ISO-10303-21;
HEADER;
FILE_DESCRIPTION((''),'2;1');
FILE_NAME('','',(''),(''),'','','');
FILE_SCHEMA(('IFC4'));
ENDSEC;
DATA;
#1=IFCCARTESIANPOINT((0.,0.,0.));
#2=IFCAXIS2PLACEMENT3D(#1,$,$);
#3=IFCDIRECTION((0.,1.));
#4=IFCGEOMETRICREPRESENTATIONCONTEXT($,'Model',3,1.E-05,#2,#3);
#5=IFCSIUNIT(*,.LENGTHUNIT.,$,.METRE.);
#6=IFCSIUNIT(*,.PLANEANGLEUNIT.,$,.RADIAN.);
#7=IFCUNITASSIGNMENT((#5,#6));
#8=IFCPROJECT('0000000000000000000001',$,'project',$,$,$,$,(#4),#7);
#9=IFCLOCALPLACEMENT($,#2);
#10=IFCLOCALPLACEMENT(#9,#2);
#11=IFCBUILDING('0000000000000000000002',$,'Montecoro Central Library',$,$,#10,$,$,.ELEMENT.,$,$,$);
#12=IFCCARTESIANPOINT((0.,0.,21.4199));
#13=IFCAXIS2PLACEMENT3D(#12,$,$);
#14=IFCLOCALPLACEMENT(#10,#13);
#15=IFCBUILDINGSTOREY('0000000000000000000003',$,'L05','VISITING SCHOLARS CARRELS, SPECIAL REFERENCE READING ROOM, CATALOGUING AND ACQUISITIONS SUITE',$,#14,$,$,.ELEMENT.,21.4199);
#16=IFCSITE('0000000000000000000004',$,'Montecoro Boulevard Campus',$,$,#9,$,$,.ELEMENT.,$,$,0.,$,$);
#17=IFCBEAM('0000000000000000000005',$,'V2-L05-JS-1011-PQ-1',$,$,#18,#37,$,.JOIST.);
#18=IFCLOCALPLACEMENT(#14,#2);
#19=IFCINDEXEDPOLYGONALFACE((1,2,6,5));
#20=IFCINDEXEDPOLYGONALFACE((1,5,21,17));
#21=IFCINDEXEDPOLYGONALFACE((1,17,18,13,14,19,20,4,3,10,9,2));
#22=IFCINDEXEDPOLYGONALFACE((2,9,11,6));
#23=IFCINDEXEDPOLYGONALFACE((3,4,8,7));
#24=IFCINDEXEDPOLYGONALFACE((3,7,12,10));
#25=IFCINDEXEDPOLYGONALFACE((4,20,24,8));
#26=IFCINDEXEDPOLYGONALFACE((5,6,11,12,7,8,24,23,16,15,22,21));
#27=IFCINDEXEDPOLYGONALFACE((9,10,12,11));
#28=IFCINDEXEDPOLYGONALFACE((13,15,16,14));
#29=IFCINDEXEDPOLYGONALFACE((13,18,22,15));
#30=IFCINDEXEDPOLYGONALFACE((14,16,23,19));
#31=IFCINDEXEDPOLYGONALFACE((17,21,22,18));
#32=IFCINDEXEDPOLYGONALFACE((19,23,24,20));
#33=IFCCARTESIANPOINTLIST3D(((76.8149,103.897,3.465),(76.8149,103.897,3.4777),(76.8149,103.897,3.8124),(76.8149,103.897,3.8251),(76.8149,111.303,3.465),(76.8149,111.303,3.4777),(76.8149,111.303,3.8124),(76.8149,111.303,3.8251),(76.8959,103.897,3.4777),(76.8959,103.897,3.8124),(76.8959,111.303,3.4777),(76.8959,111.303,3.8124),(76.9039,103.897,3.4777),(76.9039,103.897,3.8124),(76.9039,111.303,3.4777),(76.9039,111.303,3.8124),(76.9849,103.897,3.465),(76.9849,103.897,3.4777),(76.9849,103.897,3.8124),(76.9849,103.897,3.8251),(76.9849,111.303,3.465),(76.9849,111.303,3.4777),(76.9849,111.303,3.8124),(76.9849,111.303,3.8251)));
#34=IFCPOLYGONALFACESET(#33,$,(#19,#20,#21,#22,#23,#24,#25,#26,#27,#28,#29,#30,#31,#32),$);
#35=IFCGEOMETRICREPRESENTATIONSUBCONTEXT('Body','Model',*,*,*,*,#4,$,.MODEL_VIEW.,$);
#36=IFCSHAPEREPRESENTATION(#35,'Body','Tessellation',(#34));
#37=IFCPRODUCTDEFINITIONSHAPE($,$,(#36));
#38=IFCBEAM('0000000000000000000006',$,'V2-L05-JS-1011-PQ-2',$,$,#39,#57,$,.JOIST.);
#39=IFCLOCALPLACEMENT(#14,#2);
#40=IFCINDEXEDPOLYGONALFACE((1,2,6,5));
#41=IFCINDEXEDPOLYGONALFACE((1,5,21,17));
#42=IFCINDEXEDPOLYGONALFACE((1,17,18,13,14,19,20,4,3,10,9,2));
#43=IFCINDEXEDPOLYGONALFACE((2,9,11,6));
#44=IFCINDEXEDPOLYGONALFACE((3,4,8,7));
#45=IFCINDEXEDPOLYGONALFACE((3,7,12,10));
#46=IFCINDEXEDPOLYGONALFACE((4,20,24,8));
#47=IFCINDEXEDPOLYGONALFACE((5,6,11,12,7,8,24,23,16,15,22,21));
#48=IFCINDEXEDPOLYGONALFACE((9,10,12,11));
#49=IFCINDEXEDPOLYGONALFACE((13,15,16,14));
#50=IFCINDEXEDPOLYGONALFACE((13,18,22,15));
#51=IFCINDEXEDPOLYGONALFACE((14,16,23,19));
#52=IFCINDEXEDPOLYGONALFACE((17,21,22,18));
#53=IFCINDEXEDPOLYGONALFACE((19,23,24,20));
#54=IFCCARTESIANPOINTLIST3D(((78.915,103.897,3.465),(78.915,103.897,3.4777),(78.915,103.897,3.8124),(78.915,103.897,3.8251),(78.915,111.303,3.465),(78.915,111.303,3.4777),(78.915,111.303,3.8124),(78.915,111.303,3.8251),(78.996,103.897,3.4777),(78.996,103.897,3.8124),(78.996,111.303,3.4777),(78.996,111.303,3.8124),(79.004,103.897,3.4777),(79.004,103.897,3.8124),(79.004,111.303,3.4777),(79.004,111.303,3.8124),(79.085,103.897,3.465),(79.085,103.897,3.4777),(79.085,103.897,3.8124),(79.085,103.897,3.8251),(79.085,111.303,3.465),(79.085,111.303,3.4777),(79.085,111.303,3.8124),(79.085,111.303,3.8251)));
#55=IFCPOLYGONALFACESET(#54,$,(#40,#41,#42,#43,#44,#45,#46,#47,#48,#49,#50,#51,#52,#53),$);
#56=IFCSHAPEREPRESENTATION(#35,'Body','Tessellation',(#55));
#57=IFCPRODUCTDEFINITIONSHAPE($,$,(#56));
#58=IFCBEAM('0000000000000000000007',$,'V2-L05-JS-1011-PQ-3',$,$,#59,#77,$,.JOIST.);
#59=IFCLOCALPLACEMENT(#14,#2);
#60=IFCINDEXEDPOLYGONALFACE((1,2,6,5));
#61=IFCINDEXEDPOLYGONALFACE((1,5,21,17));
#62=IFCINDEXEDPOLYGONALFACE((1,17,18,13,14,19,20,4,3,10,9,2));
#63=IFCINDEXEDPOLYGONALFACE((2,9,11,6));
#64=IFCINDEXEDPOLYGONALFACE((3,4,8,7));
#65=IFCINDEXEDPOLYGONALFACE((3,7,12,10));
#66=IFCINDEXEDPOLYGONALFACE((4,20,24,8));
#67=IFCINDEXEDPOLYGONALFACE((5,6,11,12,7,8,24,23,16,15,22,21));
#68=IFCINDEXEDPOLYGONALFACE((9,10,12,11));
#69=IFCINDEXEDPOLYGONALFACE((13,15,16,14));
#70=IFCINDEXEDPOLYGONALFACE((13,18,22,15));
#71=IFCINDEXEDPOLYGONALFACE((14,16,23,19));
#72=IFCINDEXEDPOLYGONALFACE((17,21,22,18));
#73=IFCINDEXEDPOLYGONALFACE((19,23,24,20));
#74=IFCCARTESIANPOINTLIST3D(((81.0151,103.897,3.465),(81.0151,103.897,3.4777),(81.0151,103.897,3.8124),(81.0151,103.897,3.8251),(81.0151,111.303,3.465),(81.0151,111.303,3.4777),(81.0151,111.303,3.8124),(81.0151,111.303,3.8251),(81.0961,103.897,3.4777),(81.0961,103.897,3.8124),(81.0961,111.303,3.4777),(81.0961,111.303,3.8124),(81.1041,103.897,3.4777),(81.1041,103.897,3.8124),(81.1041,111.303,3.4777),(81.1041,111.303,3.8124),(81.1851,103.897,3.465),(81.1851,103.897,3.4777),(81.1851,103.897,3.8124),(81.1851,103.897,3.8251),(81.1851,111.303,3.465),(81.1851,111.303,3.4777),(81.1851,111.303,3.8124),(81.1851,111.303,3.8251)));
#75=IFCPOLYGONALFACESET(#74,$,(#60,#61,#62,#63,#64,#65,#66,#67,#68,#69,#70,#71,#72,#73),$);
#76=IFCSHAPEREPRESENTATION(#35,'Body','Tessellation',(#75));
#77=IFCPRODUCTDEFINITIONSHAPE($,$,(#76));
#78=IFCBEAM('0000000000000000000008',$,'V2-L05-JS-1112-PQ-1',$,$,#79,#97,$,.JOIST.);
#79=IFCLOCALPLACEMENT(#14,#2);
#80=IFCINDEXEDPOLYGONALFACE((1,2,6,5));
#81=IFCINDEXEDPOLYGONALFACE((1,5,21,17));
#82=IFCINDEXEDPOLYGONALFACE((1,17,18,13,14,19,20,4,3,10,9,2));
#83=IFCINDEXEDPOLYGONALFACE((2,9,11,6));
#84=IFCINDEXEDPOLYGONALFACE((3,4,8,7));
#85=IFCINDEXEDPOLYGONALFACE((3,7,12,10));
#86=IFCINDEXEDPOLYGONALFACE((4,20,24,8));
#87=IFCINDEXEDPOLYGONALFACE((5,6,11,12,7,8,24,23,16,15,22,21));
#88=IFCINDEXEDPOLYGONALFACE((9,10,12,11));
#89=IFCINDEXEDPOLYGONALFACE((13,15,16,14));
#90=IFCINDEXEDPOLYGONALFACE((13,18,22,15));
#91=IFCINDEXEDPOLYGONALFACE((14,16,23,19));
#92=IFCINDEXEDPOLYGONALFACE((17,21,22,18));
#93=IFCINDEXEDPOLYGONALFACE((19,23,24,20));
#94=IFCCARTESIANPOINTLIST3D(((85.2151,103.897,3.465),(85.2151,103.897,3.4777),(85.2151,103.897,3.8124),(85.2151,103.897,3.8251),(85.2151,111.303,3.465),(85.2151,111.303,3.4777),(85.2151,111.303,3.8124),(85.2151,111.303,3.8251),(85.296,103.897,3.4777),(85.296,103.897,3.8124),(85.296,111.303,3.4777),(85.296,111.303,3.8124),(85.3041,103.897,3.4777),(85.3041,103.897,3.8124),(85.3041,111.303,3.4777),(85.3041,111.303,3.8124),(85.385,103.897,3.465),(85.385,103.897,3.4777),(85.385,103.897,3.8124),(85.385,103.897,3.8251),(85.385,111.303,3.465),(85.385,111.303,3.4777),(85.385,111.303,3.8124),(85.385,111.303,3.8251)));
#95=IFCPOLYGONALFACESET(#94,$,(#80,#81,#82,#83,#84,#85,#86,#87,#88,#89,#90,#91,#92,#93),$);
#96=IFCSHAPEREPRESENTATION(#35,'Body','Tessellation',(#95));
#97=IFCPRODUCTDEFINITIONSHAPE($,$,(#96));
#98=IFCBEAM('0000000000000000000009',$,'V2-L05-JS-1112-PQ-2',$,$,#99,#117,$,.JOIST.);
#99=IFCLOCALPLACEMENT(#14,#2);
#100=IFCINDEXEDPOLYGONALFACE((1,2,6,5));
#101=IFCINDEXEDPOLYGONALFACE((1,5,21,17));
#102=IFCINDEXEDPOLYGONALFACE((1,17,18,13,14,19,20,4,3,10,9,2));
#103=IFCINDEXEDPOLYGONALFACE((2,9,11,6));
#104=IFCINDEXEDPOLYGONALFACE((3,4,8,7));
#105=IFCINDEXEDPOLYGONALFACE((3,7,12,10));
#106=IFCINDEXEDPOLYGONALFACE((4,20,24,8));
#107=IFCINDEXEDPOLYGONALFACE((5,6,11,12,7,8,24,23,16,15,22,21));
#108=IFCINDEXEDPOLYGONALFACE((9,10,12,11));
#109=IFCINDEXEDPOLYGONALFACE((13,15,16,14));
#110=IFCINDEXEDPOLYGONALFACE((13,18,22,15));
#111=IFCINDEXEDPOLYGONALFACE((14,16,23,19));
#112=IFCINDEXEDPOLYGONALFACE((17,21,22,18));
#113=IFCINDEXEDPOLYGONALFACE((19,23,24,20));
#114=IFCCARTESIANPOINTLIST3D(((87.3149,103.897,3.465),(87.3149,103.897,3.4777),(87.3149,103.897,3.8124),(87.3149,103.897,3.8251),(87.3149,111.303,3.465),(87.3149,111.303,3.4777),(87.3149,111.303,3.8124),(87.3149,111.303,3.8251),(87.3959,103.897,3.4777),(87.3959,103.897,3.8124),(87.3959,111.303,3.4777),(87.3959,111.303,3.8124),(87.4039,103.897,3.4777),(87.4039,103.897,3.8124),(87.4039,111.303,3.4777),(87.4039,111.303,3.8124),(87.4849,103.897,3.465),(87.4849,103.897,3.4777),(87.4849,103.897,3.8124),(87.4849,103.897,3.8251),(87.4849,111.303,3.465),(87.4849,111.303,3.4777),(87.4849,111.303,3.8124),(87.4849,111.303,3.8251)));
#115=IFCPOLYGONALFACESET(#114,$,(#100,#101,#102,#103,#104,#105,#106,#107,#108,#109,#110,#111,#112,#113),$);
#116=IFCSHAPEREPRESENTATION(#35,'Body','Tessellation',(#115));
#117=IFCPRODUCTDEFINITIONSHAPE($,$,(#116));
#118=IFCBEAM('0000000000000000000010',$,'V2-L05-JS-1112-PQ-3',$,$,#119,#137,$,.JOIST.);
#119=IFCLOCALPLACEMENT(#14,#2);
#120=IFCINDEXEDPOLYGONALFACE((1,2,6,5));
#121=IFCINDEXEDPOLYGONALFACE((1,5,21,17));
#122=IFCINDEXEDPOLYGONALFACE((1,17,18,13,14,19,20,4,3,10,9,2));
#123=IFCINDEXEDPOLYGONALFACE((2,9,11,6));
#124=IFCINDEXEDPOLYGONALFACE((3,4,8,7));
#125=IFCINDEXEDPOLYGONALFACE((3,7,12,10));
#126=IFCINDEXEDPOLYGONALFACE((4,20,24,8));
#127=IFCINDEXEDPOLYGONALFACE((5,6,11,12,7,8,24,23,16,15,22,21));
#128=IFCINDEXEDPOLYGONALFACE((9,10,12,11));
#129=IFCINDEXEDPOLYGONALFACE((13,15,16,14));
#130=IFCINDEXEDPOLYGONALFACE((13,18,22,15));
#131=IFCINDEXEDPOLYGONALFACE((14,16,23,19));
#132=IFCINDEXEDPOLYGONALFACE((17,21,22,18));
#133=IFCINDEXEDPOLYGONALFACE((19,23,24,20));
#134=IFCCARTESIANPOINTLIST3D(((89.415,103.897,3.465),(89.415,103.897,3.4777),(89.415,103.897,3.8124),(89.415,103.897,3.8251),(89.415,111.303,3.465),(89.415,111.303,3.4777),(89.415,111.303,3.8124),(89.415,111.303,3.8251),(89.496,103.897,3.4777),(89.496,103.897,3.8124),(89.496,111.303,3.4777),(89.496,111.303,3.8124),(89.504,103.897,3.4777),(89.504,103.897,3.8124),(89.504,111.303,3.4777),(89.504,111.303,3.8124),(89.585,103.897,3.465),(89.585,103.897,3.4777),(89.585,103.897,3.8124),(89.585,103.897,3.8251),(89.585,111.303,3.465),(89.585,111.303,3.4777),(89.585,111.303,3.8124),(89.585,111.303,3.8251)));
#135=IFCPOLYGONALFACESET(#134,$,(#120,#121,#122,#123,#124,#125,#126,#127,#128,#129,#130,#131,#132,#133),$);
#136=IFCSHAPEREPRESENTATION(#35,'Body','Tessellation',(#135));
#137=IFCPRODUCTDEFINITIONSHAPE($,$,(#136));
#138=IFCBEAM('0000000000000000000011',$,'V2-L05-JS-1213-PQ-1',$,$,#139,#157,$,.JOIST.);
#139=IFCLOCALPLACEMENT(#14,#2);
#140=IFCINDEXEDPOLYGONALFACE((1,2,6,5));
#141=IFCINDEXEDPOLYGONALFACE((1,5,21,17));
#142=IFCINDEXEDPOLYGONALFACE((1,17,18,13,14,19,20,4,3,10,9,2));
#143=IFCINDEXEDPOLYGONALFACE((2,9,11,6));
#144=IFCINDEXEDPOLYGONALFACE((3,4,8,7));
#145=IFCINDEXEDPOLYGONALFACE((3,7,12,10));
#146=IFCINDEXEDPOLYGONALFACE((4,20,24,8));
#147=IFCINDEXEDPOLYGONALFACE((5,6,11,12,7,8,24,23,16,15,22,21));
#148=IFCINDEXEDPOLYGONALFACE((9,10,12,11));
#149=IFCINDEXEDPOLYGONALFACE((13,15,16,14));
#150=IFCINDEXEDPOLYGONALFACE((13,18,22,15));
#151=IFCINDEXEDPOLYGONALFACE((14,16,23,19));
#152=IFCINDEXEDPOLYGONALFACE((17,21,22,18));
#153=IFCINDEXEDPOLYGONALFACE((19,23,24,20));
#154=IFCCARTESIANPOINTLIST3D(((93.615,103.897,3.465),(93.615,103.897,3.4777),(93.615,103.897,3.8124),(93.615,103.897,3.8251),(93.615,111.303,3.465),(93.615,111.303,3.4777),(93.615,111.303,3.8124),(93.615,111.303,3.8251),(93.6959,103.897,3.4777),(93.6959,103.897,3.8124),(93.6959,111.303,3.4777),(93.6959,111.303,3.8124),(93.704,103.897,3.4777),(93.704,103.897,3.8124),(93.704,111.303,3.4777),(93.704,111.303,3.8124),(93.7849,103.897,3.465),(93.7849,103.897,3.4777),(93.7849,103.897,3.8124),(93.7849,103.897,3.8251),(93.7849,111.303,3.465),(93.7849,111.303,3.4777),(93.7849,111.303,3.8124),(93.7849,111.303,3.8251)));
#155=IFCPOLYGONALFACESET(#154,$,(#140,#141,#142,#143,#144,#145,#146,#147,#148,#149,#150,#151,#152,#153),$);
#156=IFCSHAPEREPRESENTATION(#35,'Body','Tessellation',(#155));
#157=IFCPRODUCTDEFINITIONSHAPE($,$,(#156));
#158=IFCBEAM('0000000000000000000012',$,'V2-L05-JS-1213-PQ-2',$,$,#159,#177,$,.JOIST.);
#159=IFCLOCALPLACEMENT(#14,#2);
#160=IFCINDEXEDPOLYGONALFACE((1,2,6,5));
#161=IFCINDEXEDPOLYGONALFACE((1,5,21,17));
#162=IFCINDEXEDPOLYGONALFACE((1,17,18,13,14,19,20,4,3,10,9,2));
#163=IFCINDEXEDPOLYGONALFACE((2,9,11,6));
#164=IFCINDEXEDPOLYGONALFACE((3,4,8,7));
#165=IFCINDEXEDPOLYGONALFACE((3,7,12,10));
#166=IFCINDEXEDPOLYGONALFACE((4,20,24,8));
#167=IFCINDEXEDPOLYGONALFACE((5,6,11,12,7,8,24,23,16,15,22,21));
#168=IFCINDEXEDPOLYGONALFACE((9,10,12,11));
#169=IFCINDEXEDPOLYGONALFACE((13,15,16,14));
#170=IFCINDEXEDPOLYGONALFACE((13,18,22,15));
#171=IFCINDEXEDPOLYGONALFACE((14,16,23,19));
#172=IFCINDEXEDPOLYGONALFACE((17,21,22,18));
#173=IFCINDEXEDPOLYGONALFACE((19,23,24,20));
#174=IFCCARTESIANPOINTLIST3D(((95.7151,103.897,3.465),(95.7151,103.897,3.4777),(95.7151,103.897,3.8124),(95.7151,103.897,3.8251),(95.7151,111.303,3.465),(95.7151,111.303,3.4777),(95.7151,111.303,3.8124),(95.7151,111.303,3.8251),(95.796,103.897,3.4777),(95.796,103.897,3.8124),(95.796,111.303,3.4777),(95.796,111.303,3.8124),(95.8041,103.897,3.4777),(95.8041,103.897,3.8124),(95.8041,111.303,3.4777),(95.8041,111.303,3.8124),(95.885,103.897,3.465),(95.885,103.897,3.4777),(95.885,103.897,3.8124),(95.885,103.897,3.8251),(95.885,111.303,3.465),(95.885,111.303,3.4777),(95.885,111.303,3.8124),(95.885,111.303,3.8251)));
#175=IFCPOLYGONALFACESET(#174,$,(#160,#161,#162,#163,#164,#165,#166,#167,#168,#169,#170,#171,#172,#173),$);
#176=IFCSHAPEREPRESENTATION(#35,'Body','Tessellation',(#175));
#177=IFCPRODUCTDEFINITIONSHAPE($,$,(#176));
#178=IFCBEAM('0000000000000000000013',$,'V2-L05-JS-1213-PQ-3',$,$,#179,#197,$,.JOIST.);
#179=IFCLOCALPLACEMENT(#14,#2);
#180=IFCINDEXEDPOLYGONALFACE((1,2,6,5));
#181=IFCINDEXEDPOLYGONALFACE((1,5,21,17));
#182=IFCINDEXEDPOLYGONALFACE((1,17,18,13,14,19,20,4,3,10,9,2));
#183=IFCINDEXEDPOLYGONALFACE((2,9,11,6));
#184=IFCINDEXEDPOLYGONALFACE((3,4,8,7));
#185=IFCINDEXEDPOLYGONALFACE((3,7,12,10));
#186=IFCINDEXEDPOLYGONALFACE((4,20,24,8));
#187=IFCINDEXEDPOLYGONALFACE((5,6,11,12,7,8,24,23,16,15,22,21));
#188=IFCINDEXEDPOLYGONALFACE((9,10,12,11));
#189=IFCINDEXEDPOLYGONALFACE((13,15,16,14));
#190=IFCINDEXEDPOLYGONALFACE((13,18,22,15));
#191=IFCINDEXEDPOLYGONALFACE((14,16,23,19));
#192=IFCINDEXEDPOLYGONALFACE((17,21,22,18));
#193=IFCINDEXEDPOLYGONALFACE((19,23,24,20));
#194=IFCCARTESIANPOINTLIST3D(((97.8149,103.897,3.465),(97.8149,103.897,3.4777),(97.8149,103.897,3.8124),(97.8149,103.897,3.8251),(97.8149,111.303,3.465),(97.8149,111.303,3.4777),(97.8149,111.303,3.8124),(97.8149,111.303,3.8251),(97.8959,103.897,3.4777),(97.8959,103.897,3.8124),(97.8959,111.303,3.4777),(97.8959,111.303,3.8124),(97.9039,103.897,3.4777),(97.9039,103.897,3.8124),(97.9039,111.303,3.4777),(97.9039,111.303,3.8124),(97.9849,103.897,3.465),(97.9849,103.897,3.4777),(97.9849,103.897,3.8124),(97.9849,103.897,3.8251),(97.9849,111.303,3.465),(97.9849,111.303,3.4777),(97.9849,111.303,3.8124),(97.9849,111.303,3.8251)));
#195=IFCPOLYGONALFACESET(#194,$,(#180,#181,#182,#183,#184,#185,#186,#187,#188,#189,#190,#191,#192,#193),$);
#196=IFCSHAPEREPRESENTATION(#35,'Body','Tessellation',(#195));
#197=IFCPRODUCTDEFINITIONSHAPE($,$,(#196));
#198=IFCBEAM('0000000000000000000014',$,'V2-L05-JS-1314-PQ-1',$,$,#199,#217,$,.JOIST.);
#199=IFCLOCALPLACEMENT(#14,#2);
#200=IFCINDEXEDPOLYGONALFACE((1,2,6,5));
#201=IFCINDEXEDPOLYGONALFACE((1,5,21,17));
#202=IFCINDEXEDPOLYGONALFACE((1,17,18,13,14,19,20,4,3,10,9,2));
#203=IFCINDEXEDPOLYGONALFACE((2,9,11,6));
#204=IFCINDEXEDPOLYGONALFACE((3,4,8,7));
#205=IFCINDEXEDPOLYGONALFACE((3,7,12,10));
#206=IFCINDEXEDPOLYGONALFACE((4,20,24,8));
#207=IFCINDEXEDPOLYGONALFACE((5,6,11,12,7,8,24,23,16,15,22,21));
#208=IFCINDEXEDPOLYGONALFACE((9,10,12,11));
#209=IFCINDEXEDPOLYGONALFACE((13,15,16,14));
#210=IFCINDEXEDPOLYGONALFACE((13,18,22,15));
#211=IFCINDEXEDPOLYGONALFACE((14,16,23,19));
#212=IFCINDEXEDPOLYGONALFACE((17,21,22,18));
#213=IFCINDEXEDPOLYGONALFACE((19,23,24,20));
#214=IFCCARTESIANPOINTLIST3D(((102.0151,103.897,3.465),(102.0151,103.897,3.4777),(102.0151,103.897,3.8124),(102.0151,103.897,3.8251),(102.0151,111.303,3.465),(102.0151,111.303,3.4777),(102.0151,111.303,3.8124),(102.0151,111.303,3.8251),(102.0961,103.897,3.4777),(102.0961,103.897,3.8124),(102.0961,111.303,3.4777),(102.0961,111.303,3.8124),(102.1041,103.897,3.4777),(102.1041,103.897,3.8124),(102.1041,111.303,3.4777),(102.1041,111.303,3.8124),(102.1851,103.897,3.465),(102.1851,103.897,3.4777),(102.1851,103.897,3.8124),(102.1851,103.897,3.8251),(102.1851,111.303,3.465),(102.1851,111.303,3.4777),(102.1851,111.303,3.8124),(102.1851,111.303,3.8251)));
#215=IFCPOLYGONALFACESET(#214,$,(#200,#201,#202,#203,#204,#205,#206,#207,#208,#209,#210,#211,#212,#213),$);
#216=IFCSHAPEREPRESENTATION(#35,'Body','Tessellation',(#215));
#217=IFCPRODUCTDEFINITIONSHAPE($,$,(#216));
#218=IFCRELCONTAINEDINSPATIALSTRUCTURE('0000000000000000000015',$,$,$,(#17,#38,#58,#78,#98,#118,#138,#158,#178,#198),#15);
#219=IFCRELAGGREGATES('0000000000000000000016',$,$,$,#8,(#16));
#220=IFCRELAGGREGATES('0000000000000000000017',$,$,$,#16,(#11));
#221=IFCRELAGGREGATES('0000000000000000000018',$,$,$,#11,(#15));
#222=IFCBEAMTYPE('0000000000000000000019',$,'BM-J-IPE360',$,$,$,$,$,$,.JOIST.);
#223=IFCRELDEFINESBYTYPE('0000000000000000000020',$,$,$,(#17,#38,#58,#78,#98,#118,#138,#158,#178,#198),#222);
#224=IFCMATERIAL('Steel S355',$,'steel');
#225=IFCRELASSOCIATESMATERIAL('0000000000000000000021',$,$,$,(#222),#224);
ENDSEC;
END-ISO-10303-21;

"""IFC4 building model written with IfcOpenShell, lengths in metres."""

from ifc_helpers import new_model, si_unit, direction, frame, origin, origin_2d, place, context, subcontext, project, spatial, i_section, extrude, material, material_profile, profile_set, type_object, element, save


model = new_model("IFC4")

# Units and contexts
model_context = context("Model", 3, precision=1e-05, world=origin(), true_north=direction((0.0, 1.0)))
body_context = subcontext(model_context, "Body", "Model", "MODEL_VIEW")
ifc_project = project(units=[si_unit("LENGTHUNIT", "METRE"), si_unit("PLANEANGLEUNIT", "RADIAN")], contexts=[model_context])

# Site, building, storey
site_placement = place(None, origin())
site = spatial("IfcSite", under=ifc_project, at=site_placement, Name="Montecoro Boulevard Campus", CompositionType="ELEMENT", RefElevation=0.0)
building_placement = place(site_placement, origin())
building = spatial("IfcBuilding", under=site, at=building_placement, Name="Montecoro Central Library", CompositionType="ELEMENT")
storey_placement = place(building_placement, frame((0.0, 0.0, 21.4199)))
storey = spatial("IfcBuildingStorey", under=building, at=storey_placement, Name="L05", Description="VISITING SCHOLARS CARRELS, SPECIAL REFERENCE READING ROOM, CATALOGUING AND ACQUISITIONS SUITE", CompositionType="ELEMENT", Elevation=21.4199)

# Shared definitions
ifc_material_1 = material(Name="Steel S355", Category="steel")

# Beams
ifc_material_profile_1 = material_profile(ifc_material_1, i_section(OverallWidth=0.1699, OverallDepth=0.3601, WebThickness=0.0081, FlangeThickness=0.0127, at=origin_2d()), Name="IPE 360")
ifc_profile_set_1 = profile_set([ifc_material_profile_1], Name="Steel S355")
beam_type_1 = type_object("IfcBeamType", Name="BM-J-IPE360", PredefinedType="JOIST", material=ifc_profile_set_1)
for number, where, z_axis, x_axis, name in (
    (1, (76.8999, 103.897, 3.645), (0.0, 1.0, 0.0), (-1.0, 0.0, 0.0), "V2-L05-JS-1011-PQ-1"),
    (2, (79.0, 103.897, 3.645), (0.0, 1.0, 0.0), (-1.0, 0.0, 0.0), "V2-L05-JS-1011-PQ-2"),
    (3, (81.1001, 103.897, 3.645), (0.0, 1.0, 0.0), (-1.0, 0.0, 0.0), "V2-L05-JS-1011-PQ-3"),
    (4, (85.3, 103.897, 3.645), (0.0, 1.0, 0.0), (-1.0, 0.0, 0.0), "V2-L05-JS-1112-PQ-1"),
    (5, (87.3999, 103.897, 3.645), (0.0, 1.0, 0.0), (-1.0, 0.0, 0.0), "V2-L05-JS-1112-PQ-2"),
    (6, (89.5, 103.897, 3.645), (0.0, 1.0, 0.0), (-1.0, 0.0, 0.0), "V2-L05-JS-1112-PQ-3"),
    (7, (93.7, 103.897, 3.645), (0.0, 1.0, 0.0), (-1.0, 0.0, 0.0), "V2-L05-JS-1213-PQ-1"),
    (8, (95.8, 103.897, 3.645), (0.0, 1.0, 0.0), (-1.0, 0.0, 0.0), "V2-L05-JS-1213-PQ-2"),
    (9, (97.8999, 103.897, 3.645), (0.0, 1.0, 0.0), (-1.0, 0.0, 0.0), "V2-L05-JS-1213-PQ-3"),
    (10, (102.1001, 103.897, 3.645), (0.0, 1.0, 0.0), (-1.0, 0.0, 0.0), "V2-L05-JS-1314-PQ-1"),
):
    element("IfcBeam", number, at=place(storey_placement, frame(where, z_axis=z_axis, x_axis=x_axis)), inside=storey, type_object=beam_type_1, Name=name, PredefinedType="JOIST", context=body_context, shape_type="SweptSolid", body=[
        extrude(i_section(OverallWidth=0.1699, OverallDepth=0.3601, WebThickness=0.0081, FlangeThickness=0.0127, at=origin_2d()), origin(), (0.0, 0.0, 1.0), 7.406),
    ])

save(model, "model.ifc")
